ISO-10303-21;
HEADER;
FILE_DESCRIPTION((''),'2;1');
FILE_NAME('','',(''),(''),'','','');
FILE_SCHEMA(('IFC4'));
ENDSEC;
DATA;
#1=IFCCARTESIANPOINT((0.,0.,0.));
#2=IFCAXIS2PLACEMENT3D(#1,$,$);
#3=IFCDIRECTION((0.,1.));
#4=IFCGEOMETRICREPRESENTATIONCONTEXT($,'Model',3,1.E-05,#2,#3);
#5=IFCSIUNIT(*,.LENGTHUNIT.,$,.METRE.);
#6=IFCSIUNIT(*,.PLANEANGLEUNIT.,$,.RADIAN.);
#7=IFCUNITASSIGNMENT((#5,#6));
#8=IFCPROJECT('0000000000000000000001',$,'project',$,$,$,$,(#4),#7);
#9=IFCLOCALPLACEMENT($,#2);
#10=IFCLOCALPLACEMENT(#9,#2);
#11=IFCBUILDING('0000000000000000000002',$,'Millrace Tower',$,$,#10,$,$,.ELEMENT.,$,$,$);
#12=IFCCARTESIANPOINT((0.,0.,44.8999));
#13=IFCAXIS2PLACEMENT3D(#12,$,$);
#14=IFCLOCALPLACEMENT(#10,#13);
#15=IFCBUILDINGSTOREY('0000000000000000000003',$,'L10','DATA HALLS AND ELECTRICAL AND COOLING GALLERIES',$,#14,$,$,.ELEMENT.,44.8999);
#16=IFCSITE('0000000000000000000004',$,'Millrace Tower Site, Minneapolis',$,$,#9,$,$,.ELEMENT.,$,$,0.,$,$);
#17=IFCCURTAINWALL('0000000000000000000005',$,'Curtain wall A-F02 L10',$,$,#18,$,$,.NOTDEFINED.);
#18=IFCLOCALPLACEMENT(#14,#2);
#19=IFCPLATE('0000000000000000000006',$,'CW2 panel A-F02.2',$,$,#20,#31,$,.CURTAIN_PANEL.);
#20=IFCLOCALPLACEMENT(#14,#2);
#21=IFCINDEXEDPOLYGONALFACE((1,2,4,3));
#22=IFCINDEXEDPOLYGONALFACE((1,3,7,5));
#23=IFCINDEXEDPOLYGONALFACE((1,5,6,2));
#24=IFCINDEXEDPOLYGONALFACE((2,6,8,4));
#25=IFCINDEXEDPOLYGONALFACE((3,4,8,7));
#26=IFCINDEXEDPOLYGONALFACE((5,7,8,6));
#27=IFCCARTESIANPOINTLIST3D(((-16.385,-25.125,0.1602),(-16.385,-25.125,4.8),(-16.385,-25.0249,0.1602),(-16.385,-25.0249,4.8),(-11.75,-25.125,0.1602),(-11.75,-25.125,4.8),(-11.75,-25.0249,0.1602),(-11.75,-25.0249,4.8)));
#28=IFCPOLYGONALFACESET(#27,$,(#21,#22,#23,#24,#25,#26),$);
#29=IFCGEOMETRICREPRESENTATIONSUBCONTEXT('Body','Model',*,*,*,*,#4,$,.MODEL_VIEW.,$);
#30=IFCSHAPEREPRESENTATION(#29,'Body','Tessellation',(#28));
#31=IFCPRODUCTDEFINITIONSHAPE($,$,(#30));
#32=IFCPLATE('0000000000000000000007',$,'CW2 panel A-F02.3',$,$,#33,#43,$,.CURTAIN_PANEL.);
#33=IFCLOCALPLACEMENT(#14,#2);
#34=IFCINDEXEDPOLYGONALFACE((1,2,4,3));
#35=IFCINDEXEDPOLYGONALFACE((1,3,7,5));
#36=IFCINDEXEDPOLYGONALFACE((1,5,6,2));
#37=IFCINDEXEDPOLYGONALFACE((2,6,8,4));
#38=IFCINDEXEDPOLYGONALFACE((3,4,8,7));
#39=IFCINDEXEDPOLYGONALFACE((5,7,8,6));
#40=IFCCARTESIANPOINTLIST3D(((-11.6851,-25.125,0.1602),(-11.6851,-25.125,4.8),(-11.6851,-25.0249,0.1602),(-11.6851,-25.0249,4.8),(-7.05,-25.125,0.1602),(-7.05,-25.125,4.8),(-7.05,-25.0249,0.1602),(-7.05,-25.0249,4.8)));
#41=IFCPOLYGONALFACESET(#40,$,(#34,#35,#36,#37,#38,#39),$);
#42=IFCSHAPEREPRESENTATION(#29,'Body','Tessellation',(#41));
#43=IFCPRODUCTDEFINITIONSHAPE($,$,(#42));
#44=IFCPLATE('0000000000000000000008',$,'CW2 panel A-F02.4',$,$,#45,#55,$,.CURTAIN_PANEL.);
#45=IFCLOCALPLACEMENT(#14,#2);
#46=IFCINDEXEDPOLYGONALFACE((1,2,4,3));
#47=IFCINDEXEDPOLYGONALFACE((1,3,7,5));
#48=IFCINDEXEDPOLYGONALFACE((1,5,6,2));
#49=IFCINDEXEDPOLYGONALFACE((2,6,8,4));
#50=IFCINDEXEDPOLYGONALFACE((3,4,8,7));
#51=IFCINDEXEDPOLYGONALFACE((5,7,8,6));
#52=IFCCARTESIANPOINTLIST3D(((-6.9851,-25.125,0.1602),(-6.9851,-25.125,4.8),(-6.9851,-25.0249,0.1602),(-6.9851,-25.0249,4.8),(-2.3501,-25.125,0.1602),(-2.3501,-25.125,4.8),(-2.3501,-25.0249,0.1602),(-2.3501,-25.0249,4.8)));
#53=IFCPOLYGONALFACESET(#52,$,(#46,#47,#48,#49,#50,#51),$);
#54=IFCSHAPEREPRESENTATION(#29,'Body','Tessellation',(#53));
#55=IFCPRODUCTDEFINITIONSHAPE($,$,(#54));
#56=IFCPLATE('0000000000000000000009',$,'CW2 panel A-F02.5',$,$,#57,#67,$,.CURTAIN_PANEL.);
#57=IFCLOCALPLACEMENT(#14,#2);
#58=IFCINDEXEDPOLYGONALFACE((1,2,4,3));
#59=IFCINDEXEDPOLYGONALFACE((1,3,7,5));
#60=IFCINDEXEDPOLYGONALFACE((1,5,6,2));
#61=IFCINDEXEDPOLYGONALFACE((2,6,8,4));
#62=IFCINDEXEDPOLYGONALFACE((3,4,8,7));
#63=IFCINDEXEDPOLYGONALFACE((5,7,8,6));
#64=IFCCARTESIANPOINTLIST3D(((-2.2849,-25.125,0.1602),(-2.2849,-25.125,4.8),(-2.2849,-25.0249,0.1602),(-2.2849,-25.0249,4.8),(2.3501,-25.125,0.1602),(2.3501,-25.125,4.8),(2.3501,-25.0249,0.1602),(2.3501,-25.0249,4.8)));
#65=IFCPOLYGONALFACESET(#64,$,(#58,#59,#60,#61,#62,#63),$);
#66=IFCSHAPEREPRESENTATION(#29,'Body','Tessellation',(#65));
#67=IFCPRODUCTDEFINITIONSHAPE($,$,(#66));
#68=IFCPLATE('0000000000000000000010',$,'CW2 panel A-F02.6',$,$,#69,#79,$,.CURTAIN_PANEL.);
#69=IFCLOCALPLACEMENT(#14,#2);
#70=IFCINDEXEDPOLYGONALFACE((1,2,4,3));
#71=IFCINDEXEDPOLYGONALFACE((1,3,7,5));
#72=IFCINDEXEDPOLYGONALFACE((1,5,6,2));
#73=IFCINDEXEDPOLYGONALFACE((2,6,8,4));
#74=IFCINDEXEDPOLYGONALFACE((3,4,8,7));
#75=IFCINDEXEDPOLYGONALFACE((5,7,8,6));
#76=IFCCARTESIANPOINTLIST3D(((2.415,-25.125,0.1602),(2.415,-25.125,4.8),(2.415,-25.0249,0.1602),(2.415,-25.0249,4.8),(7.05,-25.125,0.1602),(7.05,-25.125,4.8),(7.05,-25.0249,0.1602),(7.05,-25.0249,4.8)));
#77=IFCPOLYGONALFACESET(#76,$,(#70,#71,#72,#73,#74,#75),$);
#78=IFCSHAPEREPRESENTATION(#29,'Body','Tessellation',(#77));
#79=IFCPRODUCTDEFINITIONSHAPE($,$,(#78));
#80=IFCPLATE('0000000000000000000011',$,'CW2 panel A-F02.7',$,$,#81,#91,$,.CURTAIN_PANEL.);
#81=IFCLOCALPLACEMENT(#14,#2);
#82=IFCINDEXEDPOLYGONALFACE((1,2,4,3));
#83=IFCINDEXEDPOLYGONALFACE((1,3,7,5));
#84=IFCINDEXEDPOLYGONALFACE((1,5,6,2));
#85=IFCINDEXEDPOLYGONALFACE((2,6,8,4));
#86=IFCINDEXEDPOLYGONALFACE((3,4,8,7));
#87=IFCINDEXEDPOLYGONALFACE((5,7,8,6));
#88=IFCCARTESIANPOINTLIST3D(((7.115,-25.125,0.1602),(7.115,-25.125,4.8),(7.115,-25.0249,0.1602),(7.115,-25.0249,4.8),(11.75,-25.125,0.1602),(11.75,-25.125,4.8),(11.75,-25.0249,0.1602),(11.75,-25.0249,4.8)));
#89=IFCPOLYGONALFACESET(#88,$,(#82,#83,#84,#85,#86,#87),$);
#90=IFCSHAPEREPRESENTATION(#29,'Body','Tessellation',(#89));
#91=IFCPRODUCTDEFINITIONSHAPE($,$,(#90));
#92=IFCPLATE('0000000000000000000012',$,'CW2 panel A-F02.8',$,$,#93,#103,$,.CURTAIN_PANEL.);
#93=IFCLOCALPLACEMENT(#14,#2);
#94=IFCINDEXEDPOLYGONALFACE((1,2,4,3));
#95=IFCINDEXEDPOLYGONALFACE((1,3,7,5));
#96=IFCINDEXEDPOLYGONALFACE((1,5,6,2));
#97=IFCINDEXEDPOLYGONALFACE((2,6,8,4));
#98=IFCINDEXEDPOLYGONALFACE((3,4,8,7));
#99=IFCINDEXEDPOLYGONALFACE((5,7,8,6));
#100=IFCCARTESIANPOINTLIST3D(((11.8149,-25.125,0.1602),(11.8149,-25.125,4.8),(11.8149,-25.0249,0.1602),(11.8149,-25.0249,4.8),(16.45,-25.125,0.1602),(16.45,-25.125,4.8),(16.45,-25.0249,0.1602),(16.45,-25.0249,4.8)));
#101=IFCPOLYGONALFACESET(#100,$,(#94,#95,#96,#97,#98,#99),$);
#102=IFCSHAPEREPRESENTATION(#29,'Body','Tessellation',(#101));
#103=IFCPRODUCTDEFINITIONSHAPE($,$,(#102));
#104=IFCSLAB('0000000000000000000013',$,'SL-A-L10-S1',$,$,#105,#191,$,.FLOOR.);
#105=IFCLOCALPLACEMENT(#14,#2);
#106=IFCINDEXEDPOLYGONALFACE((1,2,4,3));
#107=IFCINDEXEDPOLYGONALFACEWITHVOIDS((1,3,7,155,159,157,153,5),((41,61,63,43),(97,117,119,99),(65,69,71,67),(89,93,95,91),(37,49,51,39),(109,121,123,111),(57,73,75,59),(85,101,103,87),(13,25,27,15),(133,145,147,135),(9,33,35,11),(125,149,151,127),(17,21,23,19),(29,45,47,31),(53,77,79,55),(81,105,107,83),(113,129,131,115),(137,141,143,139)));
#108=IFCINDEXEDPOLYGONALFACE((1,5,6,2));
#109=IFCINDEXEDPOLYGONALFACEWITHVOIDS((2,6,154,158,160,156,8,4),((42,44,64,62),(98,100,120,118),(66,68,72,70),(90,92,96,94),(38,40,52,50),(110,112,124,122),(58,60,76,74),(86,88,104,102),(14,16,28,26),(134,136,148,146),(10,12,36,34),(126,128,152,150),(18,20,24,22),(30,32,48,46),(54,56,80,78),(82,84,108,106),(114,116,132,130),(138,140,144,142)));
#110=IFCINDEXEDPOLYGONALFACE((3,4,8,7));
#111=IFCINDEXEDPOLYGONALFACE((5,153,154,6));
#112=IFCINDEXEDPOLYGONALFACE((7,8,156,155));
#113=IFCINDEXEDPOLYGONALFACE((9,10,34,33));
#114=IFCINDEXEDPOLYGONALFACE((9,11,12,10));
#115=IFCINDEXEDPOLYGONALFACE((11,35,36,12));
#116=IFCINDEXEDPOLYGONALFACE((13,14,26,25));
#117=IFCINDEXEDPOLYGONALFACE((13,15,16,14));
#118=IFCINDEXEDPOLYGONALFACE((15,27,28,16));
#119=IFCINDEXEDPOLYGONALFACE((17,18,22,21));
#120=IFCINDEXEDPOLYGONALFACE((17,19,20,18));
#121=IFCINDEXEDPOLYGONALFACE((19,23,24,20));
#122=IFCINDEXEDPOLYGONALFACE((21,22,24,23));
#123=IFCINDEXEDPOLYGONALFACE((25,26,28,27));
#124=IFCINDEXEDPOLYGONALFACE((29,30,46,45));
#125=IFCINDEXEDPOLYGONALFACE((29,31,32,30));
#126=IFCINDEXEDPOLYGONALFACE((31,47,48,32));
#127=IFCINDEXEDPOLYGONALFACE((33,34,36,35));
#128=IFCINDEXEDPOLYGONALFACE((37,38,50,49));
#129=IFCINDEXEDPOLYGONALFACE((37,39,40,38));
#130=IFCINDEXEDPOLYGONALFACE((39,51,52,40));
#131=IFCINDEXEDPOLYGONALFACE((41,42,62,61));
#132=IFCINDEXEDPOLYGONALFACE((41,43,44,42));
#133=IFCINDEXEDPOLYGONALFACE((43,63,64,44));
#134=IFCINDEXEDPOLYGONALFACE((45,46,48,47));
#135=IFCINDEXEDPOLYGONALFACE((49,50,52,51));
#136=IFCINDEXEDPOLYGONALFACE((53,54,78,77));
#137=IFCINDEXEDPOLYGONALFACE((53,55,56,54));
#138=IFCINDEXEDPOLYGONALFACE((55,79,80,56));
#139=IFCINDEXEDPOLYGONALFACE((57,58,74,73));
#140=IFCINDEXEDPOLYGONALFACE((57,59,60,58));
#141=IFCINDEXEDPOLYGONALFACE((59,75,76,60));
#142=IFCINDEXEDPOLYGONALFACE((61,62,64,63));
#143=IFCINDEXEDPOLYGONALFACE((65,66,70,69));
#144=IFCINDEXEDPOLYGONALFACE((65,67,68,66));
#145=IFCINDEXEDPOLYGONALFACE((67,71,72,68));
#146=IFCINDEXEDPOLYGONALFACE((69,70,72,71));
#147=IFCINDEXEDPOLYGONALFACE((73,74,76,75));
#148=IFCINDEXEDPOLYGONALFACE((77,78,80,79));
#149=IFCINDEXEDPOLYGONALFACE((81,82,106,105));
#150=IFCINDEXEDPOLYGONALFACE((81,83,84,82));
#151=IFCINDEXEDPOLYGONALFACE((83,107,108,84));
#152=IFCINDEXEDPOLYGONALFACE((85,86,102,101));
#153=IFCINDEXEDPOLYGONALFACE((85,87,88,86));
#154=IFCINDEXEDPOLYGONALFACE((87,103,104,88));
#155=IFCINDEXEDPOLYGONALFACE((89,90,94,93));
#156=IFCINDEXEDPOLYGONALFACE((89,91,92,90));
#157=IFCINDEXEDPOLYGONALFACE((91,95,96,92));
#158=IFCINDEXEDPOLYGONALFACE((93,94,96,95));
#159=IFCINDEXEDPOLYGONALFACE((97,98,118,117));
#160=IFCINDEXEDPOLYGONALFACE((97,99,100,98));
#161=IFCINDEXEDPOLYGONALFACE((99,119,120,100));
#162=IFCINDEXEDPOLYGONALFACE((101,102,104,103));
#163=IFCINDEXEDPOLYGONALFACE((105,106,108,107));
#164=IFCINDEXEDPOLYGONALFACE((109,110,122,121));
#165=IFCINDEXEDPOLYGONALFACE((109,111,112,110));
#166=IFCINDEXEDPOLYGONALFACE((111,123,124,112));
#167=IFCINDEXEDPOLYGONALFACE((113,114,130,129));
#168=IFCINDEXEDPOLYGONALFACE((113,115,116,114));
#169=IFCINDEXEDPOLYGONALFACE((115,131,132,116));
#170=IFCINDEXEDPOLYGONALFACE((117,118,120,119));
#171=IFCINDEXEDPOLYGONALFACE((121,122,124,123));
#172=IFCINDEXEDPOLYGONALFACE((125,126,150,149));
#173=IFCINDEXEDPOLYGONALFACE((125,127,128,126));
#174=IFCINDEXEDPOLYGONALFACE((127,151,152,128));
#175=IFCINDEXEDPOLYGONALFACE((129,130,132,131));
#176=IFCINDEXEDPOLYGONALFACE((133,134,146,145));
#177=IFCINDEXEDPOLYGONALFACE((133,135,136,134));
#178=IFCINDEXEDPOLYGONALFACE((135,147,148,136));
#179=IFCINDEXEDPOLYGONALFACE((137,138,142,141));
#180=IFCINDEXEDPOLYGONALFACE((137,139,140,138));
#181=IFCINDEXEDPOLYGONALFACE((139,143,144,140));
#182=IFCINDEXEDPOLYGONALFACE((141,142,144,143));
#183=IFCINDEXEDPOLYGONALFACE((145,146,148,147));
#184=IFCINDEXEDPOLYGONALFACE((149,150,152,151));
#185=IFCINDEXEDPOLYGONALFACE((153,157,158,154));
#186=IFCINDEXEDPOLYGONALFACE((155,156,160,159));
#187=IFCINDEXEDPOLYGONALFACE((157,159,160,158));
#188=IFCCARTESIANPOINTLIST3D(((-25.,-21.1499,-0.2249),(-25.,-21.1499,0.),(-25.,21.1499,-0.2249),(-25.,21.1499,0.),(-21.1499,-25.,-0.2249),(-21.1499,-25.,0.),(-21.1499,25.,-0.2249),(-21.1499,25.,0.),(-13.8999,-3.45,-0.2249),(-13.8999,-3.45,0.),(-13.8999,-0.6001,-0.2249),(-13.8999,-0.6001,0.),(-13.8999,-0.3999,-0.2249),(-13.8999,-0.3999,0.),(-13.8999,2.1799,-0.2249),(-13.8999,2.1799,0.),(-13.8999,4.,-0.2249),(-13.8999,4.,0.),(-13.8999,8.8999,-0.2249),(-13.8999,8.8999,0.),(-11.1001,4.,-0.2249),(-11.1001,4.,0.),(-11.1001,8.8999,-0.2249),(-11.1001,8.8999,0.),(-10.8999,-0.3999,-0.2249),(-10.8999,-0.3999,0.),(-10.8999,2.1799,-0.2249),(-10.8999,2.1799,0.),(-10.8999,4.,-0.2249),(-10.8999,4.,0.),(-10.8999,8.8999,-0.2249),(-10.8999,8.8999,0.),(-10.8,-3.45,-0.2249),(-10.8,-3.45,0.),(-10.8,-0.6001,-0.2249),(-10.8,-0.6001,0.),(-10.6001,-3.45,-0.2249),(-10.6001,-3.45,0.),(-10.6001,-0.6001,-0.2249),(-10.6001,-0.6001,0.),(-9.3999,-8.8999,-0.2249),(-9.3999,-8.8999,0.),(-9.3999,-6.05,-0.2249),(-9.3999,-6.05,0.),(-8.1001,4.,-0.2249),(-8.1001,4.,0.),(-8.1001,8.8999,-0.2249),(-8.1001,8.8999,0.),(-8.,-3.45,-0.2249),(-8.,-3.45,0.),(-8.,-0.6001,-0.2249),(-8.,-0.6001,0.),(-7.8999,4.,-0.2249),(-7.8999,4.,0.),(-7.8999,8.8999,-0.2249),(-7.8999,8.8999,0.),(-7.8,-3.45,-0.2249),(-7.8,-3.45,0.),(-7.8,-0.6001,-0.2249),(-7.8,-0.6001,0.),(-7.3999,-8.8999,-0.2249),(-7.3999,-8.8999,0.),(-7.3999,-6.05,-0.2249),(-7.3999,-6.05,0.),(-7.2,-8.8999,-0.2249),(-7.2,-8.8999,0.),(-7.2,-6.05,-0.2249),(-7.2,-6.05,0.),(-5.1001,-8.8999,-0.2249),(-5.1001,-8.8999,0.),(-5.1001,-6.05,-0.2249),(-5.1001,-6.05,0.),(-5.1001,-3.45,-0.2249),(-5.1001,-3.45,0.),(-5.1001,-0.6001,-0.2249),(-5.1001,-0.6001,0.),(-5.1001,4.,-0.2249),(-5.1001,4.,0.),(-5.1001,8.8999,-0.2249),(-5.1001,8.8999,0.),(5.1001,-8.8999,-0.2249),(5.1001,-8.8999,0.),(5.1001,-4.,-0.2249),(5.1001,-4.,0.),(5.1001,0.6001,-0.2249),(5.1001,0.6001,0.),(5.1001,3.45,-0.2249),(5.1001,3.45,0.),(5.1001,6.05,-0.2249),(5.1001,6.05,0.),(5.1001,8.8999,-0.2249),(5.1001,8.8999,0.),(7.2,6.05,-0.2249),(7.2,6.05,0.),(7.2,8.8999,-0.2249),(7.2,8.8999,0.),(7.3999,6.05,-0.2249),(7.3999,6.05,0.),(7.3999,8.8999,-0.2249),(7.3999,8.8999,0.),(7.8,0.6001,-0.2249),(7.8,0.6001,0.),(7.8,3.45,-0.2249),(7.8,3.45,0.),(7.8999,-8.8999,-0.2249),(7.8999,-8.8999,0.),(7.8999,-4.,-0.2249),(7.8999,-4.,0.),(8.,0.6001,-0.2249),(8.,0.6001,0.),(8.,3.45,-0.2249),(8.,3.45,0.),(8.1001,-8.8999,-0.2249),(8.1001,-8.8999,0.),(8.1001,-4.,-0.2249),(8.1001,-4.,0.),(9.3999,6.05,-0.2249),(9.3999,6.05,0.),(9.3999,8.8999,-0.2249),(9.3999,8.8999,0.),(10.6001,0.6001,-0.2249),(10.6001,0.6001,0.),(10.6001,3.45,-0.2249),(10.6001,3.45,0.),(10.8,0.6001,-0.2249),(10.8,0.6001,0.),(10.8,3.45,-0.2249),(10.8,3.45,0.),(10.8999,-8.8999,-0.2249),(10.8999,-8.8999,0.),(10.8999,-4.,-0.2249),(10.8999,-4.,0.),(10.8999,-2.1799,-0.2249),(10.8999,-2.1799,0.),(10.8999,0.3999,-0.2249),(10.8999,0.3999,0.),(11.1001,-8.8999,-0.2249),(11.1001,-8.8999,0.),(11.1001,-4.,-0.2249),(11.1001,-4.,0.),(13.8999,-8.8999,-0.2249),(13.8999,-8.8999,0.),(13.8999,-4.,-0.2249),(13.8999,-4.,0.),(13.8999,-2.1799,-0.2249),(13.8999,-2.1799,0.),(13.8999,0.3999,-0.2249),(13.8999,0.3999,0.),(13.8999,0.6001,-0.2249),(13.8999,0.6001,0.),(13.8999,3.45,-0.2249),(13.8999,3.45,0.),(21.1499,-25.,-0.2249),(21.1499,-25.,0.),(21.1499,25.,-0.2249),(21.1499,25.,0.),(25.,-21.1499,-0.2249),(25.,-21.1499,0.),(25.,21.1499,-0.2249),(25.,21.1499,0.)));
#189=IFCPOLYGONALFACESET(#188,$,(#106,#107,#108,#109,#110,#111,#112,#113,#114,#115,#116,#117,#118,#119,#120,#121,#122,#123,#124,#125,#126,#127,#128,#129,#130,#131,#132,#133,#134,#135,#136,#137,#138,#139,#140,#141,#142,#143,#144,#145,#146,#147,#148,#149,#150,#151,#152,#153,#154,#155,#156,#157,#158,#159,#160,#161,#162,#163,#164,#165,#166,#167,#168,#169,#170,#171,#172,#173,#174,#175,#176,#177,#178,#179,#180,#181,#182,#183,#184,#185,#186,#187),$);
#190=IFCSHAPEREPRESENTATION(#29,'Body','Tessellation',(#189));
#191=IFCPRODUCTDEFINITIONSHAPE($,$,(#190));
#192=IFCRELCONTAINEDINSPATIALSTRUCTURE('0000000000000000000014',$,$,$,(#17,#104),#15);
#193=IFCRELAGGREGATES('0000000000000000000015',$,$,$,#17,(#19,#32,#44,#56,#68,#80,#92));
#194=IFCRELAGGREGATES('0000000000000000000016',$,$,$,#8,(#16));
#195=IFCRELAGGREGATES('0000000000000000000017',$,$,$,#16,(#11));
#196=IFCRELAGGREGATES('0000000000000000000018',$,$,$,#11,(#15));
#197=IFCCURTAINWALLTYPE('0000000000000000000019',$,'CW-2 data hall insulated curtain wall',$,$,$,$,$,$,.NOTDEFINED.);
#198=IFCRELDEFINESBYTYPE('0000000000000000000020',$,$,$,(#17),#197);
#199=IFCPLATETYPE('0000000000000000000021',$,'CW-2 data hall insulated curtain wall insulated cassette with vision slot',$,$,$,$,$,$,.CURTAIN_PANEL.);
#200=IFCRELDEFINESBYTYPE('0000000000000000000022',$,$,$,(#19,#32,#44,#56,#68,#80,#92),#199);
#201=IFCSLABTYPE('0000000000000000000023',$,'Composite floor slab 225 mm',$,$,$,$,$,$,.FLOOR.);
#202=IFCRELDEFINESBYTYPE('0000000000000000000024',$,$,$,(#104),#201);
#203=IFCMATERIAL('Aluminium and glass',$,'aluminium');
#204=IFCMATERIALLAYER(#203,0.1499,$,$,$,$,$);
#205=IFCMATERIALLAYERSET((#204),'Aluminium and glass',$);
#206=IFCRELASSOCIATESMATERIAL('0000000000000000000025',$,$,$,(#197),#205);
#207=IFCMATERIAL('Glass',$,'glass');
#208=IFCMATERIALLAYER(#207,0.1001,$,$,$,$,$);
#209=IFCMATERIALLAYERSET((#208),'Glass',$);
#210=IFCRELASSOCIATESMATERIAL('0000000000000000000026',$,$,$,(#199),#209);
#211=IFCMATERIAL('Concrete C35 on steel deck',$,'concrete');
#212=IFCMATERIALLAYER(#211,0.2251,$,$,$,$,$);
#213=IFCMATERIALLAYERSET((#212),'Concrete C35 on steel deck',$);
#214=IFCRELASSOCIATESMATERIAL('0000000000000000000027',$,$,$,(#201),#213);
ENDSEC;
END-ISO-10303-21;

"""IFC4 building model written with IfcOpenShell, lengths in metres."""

from ifc_helpers import new_model, si_unit, direction, frame, origin, place, context, subcontext, project, spatial, polyline, outline, extrude, material, layer, layer_set, type_object, element, aggregate, save


model = new_model("IFC4")

# Units and contexts
model_context = context("Model", 3, precision=1e-05, world=origin(), true_north=direction((0.0, 1.0)))
body_context = subcontext(model_context, "Body", "Model", "MODEL_VIEW")
ifc_project = project(units=[si_unit("LENGTHUNIT", "METRE"), si_unit("PLANEANGLEUNIT", "RADIAN")], contexts=[model_context])

# Site, building, storey
site_placement = place(None, origin())
site = spatial("IfcSite", under=ifc_project, at=site_placement, Name="Millrace Tower Site, Minneapolis", CompositionType="ELEMENT", RefElevation=0.0)
building_placement = place(site_placement, origin())
building = spatial("IfcBuilding", under=site, at=building_placement, Name="Millrace Tower", CompositionType="ELEMENT")
storey_placement = place(building_placement, frame((0.0, 0.0, 44.8999)))
storey = spatial("IfcBuildingStorey", under=building, at=storey_placement, Name="L10", Description="DATA HALLS AND ELECTRICAL AND COOLING GALLERIES", CompositionType="ELEMENT", Elevation=44.8999)

# Shared definitions
ifc_material_1 = material(Name="Aluminium and glass", Category="aluminium")
ifc_layer_1 = layer(ifc_material_1, 0.1499)
ifc_layer_set_1 = layer_set([ifc_layer_1], Name="Aluminium and glass")
curtain_wall_type = type_object("IfcCurtainWallType", Name="CW-2 data hall insulated curtain wall", PredefinedType="NOTDEFINED", material=ifc_layer_set_1)
placement_1 = place(storey_placement, origin())
ifc_material_2 = material(Name="Glass", Category="glass")
ifc_layer_2 = layer(ifc_material_2, 0.1001)
ifc_layer_set_2 = layer_set([ifc_layer_2], Name="Glass")
plate_type = type_object("IfcPlateType", Name="CW-2 data hall insulated curtain wall insulated cassette with vision slot", PredefinedType="CURTAIN_PANEL", material=ifc_layer_set_2)
placement_2 = place(storey_placement, frame((0.0, 0.0, 0.1602)))

# Curtain wall, plates
curtain_wall_1 = element("IfcCurtainWall", 1, at=placement_1, inside=storey, type_object=curtain_wall_type, Name="Curtain wall A-F02 L10", PredefinedType="NOTDEFINED")
plate_1 = element("IfcPlate", 2, at=placement_2, type_object=plate_type, Name="CW2 panel A-F02.2", PredefinedType="CURTAIN_PANEL", context=body_context, shape_type="SweptSolid", body=[
    extrude(outline(polyline([(-16.385, -25.125), (-11.75, -25.125), (-11.75, -25.0249), (-16.385, -25.0249), (-16.385, -25.125)])), origin(), (0.0, 0.0, 1.0), 4.6399),
])
plate_2 = element("IfcPlate", 3, at=placement_2, type_object=plate_type, Name="CW2 panel A-F02.3", PredefinedType="CURTAIN_PANEL", context=body_context, shape_type="SweptSolid", body=[
    extrude(outline(polyline([(-11.6851, -25.125), (-7.05, -25.125), (-7.05, -25.0249), (-11.6851, -25.0249), (-11.6851, -25.125)])), origin(), (0.0, 0.0, 1.0), 4.6399),
])
plate_3 = element("IfcPlate", 4, at=placement_2, type_object=plate_type, Name="CW2 panel A-F02.4", PredefinedType="CURTAIN_PANEL", context=body_context, shape_type="SweptSolid", body=[
    extrude(outline(polyline([(-6.9851, -25.125), (-2.3501, -25.125), (-2.3501, -25.0249), (-6.9851, -25.0249), (-6.9851, -25.125)])), origin(), (0.0, 0.0, 1.0), 4.6399),
])
plate_4 = element("IfcPlate", 5, at=placement_2, type_object=plate_type, Name="CW2 panel A-F02.5", PredefinedType="CURTAIN_PANEL", context=body_context, shape_type="SweptSolid", body=[
    extrude(outline(polyline([(-2.2849, -25.125), (2.3501, -25.125), (2.3501, -25.0249), (-2.2849, -25.0249), (-2.2849, -25.125)])), origin(), (0.0, 0.0, 1.0), 4.6399),
])
plate_5 = element("IfcPlate", 6, at=placement_2, type_object=plate_type, Name="CW2 panel A-F02.6", PredefinedType="CURTAIN_PANEL", context=body_context, shape_type="SweptSolid", body=[
    extrude(outline(polyline([(2.415, -25.125), (7.05, -25.125), (7.05, -25.0249), (2.415, -25.0249), (2.415, -25.125)])), origin(), (0.0, 0.0, 1.0), 4.6399),
])
plate_6 = element("IfcPlate", 7, at=placement_2, type_object=plate_type, Name="CW2 panel A-F02.7", PredefinedType="CURTAIN_PANEL", context=body_context, shape_type="SweptSolid", body=[
    extrude(outline(polyline([(7.115, -25.125), (11.75, -25.125), (11.75, -25.0249), (7.115, -25.0249), (7.115, -25.125)])), origin(), (0.0, 0.0, 1.0), 4.6399),
])
plate_7 = element("IfcPlate", 8, at=placement_2, type_object=plate_type, Name="CW2 panel A-F02.8", PredefinedType="CURTAIN_PANEL", context=body_context, shape_type="SweptSolid", body=[
    extrude(outline(polyline([(11.8149, -25.125), (16.45, -25.125), (16.45, -25.0249), (11.8149, -25.0249), (11.8149, -25.125)])), origin(), (0.0, 0.0, 1.0), 4.6399),
])
aggregate(curtain_wall_1, [plate_1, plate_2, plate_3, plate_4, plate_5, plate_6, plate_7])

# Slab
ifc_material_3 = material(Name="Concrete C35 on steel deck", Category="concrete")
ifc_layer_3 = layer(ifc_material_3, 0.2251)
ifc_layer_set_3 = layer_set([ifc_layer_3], Name="Concrete C35 on steel deck")
slab_type = type_object("IfcSlabType", Name="Composite floor slab 225 mm", PredefinedType="FLOOR", material=ifc_layer_set_3)
slab_placement = place(storey_placement, frame((0.0, 0.0, -0.2249)))
element("IfcSlab", 9, at=slab_placement, inside=storey, type_object=slab_type, Name="SL-A-L10-S1", PredefinedType="FLOOR", context=body_context, shape_type="SweptSolid", body=[
    extrude(outline(polyline([(-25.0, -21.1499), (-21.1499, -25.0), (21.1499, -25.0), (25.0, -21.1499), (25.0, 21.1499), (21.1499, 25.0), (-21.1499, 25.0), (-25.0, 21.1499), (-25.0, -21.1499)]), holes=[polyline([(-9.3999, -8.8999), (-7.3999, -8.8999), (-7.3999, -6.05), (-9.3999, -6.05), (-9.3999, -8.8999)]), polyline([(-7.2, -8.8999), (-5.1001, -8.8999), (-5.1001, -6.05), (-7.2, -6.05), (-7.2, -8.8999)]), polyline([(-13.8999, -3.45), (-10.8, -3.45), (-10.8, -0.6001), (-13.8999, -0.6001), (-13.8999, -3.45)]), polyline([(-10.6001, -3.45), (-8.0, -3.45), (-8.0, -0.6001), (-10.6001, -0.6001), (-10.6001, -3.45)]), polyline([(-7.8, -3.45), (-5.1001, -3.45), (-5.1001, -0.6001), (-7.8, -0.6001), (-7.8, -3.45)]), polyline([(-13.8999, -0.3999), (-10.8999, -0.3999), (-10.8999, 2.1799), (-13.8999, 2.1799), (-13.8999, -0.3999)]), polyline([(-13.8999, 4.0), (-11.1001, 4.0), (-11.1001, 8.8999), (-13.8999, 8.8999), (-13.8999, 4.0)]), polyline([(-10.8999, 4.0), (-8.1001, 4.0), (-8.1001, 8.8999), (-10.8999, 8.8999), (-10.8999, 4.0)]), polyline([(-7.8999, 4.0), (-5.1001, 4.0), (-5.1001, 8.8999), (-7.8999, 8.8999), (-7.8999, 4.0)]), polyline([(7.3999, 6.05), (9.3999, 6.05), (9.3999, 8.8999), (7.3999, 8.8999), (7.3999, 6.05)]), polyline([(5.1001, 6.05), (7.2, 6.05), (7.2, 8.8999), (5.1001, 8.8999), (5.1001, 6.05)]), polyline([(10.8, 0.6001), (13.8999, 0.6001), (13.8999, 3.45), (10.8, 3.45), (10.8, 0.6001)]), polyline([(8.0, 0.6001), (10.6001, 0.6001), (10.6001, 3.45), (8.0, 3.45), (8.0, 0.6001)]), polyline([(5.1001, 0.6001), (7.8, 0.6001), (7.8, 3.45), (5.1001, 3.45), (5.1001, 0.6001)]), polyline([(10.8999, -2.1799), (13.8999, -2.1799), (13.8999, 0.3999), (10.8999, 0.3999), (10.8999, -2.1799)]), polyline([(11.1001, -8.8999), (13.8999, -8.8999), (13.8999, -4.0), (11.1001, -4.0), (11.1001, -8.8999)]), polyline([(8.1001, -8.8999), (10.8999, -8.8999), (10.8999, -4.0), (8.1001, -4.0), (8.1001, -8.8999)]), polyline([(5.1001, -8.8999), (7.8999, -8.8999), (7.8999, -4.0), (5.1001, -4.0), (5.1001, -8.8999)])]), origin(), (0.0, 0.0, 1.0), 0.2249),
])

save(model, "model.ifc")
